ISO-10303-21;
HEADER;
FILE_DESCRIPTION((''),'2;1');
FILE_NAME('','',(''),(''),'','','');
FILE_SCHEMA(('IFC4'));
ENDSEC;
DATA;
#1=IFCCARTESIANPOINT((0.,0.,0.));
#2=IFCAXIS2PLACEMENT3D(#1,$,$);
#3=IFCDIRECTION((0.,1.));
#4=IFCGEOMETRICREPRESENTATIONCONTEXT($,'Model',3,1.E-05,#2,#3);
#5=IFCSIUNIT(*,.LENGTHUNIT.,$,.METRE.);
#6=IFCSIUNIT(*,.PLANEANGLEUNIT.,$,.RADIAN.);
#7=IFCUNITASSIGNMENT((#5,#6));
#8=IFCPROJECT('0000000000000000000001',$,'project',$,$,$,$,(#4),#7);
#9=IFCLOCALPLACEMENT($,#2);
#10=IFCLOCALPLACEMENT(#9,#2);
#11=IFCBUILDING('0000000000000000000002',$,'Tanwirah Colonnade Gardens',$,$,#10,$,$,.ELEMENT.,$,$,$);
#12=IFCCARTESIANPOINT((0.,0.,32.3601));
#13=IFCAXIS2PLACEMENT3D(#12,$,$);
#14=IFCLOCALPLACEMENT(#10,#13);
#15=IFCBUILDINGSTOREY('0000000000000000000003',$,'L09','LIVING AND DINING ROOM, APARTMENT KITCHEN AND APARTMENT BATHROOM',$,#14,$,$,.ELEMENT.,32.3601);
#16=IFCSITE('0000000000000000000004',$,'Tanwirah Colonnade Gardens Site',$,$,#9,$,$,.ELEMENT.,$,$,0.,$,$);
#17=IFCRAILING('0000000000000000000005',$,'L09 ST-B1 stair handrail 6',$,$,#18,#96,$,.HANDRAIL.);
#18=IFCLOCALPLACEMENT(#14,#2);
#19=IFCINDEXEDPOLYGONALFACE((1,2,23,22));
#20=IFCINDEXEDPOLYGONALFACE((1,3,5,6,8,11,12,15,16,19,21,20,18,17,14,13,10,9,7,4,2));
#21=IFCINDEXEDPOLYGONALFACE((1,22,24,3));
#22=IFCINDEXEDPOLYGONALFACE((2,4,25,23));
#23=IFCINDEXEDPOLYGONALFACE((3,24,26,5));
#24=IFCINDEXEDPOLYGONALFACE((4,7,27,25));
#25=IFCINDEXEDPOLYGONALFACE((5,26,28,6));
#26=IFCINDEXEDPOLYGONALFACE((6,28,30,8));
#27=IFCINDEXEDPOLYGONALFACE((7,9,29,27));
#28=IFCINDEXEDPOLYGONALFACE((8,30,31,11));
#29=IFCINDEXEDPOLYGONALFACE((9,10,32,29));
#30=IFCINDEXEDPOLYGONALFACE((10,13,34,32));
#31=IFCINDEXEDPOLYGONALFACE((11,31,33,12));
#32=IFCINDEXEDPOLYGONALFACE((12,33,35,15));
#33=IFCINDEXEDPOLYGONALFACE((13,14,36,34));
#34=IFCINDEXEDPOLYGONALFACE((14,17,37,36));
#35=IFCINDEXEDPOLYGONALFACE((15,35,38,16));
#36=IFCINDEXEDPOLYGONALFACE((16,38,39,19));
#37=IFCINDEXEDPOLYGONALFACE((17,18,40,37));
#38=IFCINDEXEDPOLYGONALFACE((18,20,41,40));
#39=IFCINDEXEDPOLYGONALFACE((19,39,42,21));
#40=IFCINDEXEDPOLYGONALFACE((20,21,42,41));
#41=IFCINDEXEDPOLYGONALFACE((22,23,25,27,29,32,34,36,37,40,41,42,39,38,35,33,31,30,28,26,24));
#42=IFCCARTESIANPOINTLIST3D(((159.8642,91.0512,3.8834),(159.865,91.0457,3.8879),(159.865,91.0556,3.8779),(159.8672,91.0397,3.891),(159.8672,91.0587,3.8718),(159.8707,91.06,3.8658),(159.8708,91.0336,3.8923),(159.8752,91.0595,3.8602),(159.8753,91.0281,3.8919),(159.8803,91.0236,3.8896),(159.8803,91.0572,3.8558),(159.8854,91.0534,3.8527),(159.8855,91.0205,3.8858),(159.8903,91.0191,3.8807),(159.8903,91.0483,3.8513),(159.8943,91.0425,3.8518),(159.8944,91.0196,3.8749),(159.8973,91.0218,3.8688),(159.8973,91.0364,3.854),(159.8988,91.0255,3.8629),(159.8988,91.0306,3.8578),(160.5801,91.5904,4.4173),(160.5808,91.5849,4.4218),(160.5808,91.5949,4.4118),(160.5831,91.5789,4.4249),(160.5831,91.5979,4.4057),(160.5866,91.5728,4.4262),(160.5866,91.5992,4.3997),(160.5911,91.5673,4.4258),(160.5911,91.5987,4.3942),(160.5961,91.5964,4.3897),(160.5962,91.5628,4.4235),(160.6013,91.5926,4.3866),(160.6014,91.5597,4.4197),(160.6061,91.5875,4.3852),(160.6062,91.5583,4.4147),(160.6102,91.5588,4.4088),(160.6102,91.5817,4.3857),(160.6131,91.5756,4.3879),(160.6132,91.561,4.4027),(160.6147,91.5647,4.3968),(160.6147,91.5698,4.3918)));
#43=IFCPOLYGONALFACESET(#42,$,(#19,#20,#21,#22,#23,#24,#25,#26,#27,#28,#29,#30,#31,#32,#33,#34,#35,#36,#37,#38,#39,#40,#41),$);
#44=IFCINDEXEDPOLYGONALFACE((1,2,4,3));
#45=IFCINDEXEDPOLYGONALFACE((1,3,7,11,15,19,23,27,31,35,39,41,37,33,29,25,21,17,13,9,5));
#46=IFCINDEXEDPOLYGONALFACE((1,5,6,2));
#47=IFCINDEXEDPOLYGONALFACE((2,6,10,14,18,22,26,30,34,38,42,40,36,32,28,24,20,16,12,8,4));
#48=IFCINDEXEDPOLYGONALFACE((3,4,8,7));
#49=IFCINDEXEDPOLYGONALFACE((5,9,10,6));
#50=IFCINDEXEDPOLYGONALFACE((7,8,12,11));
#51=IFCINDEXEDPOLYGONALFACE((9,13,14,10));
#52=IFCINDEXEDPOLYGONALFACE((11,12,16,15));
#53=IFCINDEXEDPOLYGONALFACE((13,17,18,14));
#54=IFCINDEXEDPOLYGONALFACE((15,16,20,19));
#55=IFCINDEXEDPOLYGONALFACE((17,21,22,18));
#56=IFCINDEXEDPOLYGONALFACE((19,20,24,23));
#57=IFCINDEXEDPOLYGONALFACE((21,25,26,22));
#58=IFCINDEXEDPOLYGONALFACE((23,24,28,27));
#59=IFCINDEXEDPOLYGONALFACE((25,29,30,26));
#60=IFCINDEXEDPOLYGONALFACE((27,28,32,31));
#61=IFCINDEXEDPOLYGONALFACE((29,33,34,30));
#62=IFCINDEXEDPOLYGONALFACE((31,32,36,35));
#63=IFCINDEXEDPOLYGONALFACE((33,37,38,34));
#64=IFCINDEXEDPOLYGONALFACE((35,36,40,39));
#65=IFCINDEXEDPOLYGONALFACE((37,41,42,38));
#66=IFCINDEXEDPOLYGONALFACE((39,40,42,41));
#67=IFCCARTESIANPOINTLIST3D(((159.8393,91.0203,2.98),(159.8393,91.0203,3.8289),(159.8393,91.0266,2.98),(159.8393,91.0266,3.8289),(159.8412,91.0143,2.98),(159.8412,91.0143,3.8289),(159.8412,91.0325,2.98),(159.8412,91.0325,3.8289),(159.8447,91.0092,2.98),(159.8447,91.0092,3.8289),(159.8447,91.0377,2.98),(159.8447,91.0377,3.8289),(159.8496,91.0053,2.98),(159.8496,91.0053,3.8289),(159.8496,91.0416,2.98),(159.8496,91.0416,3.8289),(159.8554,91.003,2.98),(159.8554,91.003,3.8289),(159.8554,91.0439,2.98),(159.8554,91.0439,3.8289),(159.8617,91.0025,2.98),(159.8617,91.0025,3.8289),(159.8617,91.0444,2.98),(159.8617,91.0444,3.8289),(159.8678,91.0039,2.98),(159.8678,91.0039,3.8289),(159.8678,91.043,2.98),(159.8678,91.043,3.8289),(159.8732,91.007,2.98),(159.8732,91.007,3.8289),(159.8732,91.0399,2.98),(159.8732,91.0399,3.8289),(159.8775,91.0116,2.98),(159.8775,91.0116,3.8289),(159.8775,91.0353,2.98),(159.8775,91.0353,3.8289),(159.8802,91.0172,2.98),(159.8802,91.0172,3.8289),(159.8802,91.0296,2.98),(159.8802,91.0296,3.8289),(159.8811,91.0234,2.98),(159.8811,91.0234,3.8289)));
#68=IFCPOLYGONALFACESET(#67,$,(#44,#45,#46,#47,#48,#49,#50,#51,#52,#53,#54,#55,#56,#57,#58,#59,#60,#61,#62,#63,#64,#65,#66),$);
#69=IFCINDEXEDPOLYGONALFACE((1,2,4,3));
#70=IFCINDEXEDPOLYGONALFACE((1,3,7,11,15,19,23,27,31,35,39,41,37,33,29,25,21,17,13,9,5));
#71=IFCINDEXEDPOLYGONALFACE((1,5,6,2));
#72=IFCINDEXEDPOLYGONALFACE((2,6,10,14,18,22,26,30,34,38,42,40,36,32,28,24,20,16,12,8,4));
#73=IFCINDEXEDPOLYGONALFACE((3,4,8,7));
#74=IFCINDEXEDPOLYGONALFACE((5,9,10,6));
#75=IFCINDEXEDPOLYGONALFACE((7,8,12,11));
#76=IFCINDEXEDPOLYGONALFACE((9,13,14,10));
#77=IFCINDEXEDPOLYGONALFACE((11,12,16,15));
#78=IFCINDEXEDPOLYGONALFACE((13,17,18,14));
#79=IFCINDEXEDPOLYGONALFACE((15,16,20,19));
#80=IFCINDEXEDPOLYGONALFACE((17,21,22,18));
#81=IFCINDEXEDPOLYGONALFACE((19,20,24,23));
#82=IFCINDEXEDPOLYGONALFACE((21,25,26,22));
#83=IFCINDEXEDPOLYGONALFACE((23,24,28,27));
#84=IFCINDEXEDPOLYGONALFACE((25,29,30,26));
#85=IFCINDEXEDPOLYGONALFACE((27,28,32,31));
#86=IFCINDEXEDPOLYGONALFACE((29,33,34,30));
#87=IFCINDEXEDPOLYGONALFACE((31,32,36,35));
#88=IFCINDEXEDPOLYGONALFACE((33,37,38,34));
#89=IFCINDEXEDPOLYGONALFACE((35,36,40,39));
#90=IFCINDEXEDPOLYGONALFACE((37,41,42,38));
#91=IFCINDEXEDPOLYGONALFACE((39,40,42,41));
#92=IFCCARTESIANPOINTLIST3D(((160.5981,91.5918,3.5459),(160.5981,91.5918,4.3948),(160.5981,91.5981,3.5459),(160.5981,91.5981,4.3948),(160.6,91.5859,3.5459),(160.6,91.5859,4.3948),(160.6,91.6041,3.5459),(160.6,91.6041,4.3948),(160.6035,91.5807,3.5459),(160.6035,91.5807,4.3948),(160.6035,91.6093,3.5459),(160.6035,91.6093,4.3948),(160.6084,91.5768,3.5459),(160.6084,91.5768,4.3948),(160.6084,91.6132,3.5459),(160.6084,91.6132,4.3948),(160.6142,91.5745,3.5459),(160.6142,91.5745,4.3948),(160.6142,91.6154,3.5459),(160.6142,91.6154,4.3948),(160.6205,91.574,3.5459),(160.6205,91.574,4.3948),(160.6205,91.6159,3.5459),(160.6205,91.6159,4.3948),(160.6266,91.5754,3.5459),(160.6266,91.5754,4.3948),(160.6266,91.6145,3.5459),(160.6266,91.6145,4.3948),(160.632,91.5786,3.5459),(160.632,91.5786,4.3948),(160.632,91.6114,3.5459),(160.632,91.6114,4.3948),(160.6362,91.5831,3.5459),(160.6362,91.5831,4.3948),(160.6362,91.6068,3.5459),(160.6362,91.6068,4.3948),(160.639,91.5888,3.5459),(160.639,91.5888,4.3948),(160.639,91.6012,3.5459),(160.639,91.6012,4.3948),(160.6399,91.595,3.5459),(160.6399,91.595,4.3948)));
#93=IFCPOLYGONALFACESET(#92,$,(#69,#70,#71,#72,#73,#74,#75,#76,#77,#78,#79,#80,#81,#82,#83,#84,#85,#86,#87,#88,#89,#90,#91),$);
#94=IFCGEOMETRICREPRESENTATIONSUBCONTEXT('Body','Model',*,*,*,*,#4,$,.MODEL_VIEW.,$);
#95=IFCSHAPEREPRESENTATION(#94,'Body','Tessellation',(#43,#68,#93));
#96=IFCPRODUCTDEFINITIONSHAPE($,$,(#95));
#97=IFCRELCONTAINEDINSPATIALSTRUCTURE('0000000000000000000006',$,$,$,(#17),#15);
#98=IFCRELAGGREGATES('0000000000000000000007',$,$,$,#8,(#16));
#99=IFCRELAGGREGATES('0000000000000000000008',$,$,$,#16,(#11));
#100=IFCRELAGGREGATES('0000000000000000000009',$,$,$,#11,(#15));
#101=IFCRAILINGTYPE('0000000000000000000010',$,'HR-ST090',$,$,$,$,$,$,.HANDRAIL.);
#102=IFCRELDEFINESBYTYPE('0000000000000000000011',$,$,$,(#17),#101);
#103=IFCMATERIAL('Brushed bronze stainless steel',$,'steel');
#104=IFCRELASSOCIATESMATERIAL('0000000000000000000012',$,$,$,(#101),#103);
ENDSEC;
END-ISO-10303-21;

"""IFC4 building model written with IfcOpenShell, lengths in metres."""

from ifc_helpers import new_model, si_unit, direction, frame, origin, origin_2d, place, context, subcontext, project, spatial, circle, extrude, material, type_object, element, save


model = new_model("IFC4")

# Units and contexts
model_context = context("Model", 3, precision=1e-05, world=origin(), true_north=direction((0.0, 1.0)))
body_context = subcontext(model_context, "Body", "Model", "MODEL_VIEW")
ifc_project = project(units=[si_unit("LENGTHUNIT", "METRE"), si_unit("PLANEANGLEUNIT", "RADIAN")], contexts=[model_context])

# Site, building, storey
site_placement = place(None, origin())
site = spatial("IfcSite", under=ifc_project, at=site_placement, Name="Tanwirah Colonnade Gardens Site", CompositionType="ELEMENT", RefElevation=0.0)
building_placement = place(site_placement, origin())
building = spatial("IfcBuilding", under=site, at=building_placement, Name="Tanwirah Colonnade Gardens", CompositionType="ELEMENT")
storey_placement = place(building_placement, frame((0.0, 0.0, 32.3601)))
storey = spatial("IfcBuildingStorey", under=building, at=storey_placement, Name="L09", Description="LIVING AND DINING ROOM, APARTMENT KITCHEN AND APARTMENT BATHROOM", CompositionType="ELEMENT", Elevation=32.3601)

# Railing
ifc_material_1 = material(Name="Brushed bronze stainless steel", Category="steel")
railing_type_1 = type_object("IfcRailingType", Name="HR-ST090", PredefinedType="HANDRAIL", material=ifc_material_1)
railing_1_placement = place(storey_placement, frame((159.8601, 91.0234, 2.98)))
element("IfcRailing", 1, at=railing_1_placement, inside=storey, type_object=railing_type_1, Name="L09 ST-B1 stair handrail 6", PredefinedType="HANDRAIL", context=body_context, shape_type="SweptSolid", body=[
    extrude(circle(Radius=0.0239, at=origin_2d()), frame((0.0215, 0.0161, 0.8918), z_axis=(0.686224, 0.516876, 0.511797), x_axis=(-0.601644, 0.798765, 0.0)), (0.0, 0.0, 1.0), 1.0432),
    extrude(circle(Radius=0.021, at=origin_2d()), origin(), (0.0, 0.0, 1.0), 0.8489),
    extrude(circle(Radius=0.021, at=origin_2d()), frame((0.7588, 0.5715, 0.5659)), (0.0, 0.0, 1.0), 0.8489),
])

save(model, "model.ifc")
